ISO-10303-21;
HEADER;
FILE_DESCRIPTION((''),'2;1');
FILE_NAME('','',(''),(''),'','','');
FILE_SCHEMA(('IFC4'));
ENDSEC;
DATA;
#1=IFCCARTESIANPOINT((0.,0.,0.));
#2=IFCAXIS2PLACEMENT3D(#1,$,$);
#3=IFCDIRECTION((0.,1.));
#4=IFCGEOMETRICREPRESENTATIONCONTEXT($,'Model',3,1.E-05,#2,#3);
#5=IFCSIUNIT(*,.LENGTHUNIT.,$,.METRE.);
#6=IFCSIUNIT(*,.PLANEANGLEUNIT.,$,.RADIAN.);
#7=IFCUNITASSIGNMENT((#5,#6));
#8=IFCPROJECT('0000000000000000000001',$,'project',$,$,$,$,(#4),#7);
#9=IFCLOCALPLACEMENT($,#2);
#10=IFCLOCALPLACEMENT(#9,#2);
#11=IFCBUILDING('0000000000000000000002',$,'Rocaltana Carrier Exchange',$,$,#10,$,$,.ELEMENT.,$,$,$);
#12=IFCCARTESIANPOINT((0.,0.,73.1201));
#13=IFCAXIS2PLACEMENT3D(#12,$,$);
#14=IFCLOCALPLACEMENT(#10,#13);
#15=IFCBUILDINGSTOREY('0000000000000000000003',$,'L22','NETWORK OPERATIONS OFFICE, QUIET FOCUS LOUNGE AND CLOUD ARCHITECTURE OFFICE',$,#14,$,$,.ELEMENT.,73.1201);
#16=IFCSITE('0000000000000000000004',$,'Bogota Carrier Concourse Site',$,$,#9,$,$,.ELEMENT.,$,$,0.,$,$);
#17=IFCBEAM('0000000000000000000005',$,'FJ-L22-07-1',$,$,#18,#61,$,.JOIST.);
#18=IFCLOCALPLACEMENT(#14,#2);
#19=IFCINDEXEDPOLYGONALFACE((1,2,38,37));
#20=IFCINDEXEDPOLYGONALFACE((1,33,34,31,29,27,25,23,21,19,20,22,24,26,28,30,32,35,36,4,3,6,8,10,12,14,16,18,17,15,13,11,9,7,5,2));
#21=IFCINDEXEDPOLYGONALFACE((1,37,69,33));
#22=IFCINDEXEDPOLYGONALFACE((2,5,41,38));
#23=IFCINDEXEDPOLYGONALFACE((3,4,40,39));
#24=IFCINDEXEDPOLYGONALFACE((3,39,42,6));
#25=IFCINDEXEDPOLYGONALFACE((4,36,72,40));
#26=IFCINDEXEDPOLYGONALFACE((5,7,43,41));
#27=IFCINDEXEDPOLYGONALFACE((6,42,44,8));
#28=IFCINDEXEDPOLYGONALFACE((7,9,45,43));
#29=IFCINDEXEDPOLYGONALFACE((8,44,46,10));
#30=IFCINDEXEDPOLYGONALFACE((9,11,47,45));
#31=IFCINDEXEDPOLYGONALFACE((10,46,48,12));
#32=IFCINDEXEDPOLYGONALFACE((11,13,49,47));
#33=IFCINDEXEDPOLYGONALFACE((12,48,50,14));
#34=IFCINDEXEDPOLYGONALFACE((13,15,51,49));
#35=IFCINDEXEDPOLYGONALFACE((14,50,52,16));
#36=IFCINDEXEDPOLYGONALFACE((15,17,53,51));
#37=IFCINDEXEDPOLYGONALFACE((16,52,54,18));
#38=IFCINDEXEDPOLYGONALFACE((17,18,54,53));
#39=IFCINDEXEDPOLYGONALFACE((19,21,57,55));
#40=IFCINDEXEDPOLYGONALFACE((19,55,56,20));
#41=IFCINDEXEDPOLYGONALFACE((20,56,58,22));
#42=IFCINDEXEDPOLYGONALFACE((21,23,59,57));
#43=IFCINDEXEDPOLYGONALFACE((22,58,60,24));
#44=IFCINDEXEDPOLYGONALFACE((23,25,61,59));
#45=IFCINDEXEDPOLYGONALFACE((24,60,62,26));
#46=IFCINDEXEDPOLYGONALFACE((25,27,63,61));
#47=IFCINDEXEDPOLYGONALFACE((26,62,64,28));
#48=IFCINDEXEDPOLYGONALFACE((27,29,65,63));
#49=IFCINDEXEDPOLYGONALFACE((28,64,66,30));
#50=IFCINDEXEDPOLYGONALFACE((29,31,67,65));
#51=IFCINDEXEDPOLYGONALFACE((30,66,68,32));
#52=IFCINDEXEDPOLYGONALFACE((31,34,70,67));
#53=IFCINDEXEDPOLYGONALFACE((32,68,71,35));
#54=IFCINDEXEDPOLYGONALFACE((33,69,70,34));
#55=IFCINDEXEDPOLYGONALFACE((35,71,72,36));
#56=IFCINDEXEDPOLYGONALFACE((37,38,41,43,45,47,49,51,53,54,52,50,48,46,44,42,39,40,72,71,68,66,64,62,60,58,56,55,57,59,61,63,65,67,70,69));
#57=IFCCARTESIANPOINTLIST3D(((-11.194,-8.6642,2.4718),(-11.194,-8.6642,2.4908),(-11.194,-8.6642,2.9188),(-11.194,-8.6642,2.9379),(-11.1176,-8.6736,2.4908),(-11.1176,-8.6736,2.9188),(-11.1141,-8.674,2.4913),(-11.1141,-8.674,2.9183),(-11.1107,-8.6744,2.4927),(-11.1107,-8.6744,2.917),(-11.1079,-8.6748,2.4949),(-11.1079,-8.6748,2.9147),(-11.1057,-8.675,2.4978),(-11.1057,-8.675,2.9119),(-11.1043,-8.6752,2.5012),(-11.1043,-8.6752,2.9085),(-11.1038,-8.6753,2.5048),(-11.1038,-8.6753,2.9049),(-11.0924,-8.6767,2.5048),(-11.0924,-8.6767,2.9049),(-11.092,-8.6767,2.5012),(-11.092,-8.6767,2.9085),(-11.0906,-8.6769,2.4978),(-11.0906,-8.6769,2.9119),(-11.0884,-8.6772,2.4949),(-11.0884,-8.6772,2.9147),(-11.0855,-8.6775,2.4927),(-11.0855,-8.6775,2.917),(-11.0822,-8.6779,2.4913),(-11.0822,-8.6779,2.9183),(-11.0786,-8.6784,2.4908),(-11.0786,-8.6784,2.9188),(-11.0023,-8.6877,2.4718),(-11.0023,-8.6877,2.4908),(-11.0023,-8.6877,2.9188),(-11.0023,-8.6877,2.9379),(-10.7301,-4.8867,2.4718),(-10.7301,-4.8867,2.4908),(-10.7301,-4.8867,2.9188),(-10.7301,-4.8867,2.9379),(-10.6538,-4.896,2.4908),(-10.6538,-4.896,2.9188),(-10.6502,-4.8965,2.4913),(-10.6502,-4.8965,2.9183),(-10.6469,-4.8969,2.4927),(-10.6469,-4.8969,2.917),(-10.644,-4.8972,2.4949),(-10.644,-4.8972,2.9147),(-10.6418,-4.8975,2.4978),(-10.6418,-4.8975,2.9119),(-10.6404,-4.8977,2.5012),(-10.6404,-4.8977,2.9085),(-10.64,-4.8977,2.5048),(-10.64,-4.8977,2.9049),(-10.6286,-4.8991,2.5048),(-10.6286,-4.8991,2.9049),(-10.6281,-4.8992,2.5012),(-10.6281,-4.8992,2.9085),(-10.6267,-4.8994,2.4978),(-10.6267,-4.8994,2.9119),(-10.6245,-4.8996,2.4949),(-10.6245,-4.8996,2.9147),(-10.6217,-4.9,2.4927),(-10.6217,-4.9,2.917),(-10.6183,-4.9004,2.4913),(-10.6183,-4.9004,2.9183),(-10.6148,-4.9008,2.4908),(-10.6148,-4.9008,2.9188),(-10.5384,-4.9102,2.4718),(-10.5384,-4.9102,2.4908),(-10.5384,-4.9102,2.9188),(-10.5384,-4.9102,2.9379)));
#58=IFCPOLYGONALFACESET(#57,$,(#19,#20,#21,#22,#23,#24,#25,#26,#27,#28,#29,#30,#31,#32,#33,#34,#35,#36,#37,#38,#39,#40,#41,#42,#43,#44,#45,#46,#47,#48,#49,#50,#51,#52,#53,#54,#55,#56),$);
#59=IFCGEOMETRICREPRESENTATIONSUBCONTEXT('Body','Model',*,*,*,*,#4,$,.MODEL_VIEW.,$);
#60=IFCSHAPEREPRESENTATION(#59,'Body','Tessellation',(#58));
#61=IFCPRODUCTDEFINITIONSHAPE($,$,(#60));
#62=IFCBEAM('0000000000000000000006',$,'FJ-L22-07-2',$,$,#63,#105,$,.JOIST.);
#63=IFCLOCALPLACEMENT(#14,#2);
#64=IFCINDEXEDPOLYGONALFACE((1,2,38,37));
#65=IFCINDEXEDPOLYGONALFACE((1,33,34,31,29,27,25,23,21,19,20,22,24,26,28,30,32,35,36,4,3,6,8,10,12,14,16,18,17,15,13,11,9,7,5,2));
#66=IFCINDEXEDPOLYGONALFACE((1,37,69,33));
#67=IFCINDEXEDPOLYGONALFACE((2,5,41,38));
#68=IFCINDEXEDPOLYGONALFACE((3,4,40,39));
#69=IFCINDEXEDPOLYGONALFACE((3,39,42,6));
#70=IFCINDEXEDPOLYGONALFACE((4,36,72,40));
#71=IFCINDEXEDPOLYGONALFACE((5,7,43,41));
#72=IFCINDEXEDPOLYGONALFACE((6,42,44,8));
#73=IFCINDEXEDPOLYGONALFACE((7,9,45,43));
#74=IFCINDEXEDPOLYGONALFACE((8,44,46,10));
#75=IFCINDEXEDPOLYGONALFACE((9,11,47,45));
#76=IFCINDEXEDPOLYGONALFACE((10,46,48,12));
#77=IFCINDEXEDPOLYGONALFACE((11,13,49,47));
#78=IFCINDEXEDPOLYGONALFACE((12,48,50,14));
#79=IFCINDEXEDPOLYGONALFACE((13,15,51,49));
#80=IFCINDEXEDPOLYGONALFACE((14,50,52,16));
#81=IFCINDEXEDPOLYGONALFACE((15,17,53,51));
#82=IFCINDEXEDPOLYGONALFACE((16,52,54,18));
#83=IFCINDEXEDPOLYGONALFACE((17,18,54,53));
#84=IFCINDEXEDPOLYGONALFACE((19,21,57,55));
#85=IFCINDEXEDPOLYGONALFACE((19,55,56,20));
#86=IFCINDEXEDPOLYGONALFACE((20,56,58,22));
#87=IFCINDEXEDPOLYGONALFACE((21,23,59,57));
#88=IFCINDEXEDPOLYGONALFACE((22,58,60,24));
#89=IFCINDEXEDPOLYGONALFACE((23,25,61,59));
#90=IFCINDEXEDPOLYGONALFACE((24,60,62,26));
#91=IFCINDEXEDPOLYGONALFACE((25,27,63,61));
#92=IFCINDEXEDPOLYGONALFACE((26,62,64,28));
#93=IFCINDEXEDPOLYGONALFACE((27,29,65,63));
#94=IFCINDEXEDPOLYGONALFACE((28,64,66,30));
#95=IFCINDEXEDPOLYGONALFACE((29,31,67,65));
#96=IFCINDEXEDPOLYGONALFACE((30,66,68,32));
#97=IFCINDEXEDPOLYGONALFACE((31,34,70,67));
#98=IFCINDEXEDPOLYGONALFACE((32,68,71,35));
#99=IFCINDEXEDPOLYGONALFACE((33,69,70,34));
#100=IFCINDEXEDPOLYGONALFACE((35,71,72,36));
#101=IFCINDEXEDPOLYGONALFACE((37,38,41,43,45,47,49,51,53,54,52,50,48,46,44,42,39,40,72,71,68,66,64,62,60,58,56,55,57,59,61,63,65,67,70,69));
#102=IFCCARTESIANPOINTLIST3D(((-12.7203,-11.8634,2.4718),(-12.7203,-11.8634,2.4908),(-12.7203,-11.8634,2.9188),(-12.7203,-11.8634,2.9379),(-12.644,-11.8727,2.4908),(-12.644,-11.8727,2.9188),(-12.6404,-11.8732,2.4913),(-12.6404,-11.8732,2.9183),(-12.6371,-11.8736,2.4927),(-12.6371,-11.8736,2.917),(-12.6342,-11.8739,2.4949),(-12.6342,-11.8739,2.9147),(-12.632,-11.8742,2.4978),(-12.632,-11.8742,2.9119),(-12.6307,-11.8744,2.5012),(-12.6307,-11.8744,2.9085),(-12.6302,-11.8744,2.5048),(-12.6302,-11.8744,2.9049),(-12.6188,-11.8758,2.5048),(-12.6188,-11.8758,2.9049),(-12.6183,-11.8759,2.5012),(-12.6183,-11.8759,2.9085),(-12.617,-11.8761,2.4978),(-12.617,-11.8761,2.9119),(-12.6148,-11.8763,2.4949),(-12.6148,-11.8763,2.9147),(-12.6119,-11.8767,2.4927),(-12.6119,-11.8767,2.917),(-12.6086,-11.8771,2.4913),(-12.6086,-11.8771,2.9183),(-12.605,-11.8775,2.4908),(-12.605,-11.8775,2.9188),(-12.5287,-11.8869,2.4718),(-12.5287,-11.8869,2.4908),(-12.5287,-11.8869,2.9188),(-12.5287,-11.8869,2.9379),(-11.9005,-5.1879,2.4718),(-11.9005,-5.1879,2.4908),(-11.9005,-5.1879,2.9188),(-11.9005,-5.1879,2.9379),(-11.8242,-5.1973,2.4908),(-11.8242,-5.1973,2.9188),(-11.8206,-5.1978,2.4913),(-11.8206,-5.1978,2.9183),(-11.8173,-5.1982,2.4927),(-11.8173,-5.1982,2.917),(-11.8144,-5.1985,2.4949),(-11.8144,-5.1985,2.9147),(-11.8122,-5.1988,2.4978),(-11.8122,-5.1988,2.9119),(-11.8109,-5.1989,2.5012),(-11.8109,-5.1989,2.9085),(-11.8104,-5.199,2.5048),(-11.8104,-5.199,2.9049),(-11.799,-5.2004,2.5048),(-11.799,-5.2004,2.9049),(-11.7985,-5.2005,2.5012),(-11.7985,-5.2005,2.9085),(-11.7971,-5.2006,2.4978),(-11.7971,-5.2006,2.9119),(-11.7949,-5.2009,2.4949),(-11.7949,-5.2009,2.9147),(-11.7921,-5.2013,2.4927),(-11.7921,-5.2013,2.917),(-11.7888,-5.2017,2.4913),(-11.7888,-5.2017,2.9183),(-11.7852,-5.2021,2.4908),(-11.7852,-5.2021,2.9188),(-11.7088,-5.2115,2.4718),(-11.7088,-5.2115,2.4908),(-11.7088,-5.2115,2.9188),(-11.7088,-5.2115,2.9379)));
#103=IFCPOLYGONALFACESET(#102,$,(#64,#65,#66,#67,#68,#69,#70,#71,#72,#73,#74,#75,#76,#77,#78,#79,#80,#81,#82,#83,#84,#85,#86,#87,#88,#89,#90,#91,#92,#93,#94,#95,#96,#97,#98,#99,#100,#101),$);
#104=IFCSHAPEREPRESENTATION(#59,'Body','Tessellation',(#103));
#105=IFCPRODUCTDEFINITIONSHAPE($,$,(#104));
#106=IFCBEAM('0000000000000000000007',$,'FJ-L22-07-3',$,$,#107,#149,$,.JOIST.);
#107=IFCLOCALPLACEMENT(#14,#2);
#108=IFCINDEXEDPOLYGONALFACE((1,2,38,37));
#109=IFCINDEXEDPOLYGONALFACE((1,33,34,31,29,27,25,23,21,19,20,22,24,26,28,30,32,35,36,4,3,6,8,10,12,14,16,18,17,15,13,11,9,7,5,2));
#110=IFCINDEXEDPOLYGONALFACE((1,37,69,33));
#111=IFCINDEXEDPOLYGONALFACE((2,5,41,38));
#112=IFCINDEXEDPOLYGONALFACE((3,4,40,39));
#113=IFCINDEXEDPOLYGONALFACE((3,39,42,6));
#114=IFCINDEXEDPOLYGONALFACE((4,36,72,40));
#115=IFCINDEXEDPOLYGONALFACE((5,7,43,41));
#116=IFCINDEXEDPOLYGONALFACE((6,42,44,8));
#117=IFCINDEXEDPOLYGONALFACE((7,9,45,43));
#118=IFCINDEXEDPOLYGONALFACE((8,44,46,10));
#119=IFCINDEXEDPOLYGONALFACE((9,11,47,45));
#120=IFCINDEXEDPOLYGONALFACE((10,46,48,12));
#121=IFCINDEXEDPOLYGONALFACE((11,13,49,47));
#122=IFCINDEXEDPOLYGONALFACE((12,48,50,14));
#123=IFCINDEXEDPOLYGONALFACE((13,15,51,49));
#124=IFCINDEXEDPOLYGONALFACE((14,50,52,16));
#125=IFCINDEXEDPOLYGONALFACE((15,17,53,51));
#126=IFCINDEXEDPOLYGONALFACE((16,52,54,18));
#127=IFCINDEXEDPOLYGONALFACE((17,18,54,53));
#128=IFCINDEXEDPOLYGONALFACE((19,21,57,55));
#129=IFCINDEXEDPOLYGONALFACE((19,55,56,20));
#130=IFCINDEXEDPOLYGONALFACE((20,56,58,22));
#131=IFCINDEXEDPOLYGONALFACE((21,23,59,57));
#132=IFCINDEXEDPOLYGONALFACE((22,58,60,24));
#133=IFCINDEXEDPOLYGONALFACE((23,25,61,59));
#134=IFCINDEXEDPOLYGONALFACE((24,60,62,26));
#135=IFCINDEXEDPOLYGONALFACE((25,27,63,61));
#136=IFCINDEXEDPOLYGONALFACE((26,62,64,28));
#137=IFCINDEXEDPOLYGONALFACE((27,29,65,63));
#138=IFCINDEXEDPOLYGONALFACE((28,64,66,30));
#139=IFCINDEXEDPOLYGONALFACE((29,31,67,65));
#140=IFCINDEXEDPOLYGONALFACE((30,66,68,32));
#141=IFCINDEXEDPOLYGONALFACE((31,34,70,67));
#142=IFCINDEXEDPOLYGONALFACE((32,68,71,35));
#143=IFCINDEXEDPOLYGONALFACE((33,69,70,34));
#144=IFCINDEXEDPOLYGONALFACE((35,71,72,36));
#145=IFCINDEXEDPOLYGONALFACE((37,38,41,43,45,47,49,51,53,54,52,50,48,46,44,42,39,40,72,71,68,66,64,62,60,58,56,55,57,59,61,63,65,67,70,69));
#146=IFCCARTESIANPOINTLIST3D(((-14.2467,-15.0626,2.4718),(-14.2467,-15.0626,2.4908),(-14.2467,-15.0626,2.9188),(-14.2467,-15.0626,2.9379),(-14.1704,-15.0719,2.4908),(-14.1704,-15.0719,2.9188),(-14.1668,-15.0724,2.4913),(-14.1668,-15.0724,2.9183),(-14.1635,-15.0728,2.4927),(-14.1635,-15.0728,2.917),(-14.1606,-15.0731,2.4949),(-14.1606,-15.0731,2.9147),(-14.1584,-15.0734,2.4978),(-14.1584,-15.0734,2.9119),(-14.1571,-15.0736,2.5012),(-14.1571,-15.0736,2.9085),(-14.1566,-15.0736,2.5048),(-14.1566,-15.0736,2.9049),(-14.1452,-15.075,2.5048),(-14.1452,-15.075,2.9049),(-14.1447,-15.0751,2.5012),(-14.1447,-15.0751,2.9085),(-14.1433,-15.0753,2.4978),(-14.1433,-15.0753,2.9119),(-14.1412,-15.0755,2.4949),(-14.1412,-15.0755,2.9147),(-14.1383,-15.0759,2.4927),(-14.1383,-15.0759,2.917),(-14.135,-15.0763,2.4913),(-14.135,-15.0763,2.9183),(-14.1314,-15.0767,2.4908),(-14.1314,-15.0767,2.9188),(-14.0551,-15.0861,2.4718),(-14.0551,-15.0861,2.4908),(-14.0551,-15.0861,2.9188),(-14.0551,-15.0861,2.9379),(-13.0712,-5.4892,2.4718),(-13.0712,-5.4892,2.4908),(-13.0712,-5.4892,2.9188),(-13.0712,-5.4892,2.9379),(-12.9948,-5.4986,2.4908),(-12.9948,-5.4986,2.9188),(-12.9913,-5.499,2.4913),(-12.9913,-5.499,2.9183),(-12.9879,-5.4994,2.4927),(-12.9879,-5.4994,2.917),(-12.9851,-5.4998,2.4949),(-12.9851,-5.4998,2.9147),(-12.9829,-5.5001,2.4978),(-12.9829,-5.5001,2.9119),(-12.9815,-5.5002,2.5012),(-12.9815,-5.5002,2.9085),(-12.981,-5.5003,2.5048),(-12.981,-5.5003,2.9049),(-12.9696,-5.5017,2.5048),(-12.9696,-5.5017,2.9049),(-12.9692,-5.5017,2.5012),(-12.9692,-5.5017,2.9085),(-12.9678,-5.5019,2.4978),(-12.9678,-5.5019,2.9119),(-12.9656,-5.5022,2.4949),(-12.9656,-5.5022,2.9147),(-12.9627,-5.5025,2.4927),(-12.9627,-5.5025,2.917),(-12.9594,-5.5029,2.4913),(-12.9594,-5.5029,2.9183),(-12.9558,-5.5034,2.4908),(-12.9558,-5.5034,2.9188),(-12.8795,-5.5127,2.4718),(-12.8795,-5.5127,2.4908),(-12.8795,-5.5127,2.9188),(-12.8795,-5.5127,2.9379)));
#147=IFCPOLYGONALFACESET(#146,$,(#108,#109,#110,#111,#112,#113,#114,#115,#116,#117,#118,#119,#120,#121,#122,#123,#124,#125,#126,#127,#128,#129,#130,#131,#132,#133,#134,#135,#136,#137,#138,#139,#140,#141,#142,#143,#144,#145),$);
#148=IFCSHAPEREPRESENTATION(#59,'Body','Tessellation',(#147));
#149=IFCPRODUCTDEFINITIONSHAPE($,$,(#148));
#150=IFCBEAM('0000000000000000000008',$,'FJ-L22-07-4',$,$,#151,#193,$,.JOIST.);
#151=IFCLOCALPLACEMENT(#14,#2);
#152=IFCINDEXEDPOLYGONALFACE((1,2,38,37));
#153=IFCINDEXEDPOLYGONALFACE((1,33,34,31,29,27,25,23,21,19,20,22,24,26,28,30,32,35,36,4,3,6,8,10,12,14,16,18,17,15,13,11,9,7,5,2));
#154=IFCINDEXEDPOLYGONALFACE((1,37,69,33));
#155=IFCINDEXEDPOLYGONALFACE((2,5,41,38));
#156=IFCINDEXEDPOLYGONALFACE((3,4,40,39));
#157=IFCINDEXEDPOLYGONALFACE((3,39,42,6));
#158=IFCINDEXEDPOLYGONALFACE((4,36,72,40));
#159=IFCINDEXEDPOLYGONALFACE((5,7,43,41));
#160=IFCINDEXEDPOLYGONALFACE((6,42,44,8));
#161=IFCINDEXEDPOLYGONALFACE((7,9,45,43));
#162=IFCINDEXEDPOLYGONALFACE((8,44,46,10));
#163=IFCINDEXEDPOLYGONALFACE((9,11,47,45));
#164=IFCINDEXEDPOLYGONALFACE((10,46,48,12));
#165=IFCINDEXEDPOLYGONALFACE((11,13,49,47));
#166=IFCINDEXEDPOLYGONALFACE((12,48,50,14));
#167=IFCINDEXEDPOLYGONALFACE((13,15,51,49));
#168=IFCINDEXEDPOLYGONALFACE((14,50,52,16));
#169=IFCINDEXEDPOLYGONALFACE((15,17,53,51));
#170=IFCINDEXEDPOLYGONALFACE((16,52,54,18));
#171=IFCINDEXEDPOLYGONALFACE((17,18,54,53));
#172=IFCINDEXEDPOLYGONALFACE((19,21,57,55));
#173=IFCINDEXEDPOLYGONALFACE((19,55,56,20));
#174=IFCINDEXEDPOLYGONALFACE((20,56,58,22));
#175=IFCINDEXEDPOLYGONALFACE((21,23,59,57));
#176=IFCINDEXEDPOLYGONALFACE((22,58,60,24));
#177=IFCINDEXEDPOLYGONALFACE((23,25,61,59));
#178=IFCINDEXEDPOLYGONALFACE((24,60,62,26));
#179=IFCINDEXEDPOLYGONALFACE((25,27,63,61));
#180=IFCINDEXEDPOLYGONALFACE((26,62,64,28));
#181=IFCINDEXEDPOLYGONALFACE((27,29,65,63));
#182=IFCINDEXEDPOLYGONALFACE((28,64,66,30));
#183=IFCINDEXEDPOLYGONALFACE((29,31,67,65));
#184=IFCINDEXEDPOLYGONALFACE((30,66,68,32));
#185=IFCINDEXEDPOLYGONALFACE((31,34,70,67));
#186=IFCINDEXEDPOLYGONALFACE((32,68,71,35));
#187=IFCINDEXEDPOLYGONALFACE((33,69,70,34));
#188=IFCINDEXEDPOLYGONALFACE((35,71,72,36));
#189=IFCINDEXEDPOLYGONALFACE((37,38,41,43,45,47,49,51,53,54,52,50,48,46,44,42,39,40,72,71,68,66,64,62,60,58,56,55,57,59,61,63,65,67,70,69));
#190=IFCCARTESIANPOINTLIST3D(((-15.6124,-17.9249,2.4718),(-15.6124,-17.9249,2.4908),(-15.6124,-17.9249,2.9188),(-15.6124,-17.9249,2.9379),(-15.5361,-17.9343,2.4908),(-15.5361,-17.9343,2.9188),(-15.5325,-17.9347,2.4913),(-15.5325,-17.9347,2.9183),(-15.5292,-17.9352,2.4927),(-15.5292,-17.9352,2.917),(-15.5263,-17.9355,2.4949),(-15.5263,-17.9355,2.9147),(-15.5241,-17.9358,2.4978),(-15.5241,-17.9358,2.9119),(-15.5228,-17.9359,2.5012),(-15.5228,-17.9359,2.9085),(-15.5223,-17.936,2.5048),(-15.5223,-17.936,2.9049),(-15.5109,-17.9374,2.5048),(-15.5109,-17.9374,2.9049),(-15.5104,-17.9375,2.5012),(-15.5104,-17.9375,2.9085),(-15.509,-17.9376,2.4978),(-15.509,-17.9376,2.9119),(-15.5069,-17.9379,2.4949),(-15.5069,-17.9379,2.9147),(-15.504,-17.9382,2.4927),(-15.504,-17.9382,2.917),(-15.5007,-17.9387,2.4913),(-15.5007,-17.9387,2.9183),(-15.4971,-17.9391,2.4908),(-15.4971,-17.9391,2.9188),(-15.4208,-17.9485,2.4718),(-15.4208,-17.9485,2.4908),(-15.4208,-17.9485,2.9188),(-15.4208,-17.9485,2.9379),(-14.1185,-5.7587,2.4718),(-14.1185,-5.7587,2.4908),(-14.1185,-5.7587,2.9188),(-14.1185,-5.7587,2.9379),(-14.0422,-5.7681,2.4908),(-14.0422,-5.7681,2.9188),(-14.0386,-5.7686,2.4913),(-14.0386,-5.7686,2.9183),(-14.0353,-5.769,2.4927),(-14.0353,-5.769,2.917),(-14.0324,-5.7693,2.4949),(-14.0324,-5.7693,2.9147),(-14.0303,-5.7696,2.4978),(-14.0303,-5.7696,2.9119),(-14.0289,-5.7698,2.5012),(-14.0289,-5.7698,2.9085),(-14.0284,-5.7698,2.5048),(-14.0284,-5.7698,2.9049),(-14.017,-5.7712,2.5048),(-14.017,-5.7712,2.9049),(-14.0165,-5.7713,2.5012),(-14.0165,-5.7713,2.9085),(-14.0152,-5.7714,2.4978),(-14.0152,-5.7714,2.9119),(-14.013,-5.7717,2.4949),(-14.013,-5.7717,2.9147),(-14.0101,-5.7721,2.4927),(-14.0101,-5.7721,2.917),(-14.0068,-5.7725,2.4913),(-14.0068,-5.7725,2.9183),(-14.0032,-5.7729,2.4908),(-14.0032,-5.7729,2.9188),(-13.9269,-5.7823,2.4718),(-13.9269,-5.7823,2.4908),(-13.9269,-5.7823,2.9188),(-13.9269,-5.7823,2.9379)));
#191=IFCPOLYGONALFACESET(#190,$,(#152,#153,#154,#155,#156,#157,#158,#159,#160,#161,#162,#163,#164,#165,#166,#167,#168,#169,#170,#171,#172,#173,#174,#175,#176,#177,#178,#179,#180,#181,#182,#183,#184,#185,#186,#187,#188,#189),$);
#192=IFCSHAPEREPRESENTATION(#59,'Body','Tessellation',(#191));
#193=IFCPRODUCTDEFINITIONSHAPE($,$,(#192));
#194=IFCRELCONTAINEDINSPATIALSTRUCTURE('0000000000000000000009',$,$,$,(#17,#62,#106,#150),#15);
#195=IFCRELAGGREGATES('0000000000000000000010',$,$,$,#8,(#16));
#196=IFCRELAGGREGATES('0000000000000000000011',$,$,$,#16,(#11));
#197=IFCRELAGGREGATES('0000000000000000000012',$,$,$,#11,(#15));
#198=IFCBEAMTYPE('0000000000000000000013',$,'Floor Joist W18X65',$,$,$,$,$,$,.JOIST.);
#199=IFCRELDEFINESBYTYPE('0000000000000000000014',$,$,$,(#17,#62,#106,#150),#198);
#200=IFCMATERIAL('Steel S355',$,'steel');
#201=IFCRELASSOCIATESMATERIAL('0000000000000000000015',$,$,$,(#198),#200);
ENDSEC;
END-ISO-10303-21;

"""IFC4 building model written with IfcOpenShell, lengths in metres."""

from ifc_helpers import new_model, si_unit, direction, frame, origin, origin_2d, place, context, subcontext, project, spatial, i_section, extrude, material, material_profile, profile_set, type_object, element, save


model = new_model("IFC4")

# Units and contexts
model_context = context("Model", 3, precision=1e-05, world=origin(), true_north=direction((0.0, 1.0)))
body_context = subcontext(model_context, "Body", "Model", "MODEL_VIEW")
ifc_project = project(units=[si_unit("LENGTHUNIT", "METRE"), si_unit("PLANEANGLEUNIT", "RADIAN")], contexts=[model_context])

# Site, building, storey
site_placement = place(None, origin())
site = spatial("IfcSite", under=ifc_project, at=site_placement, Name="Bogota Carrier Concourse Site", CompositionType="ELEMENT", RefElevation=0.0)
building_placement = place(site_placement, origin())
building = spatial("IfcBuilding", under=site, at=building_placement, Name="Rocaltana Carrier Exchange", CompositionType="ELEMENT")
storey_placement = place(building_placement, frame((0.0, 0.0, 73.1201)))
storey = spatial("IfcBuildingStorey", under=building, at=storey_placement, Name="L22", Description="NETWORK OPERATIONS OFFICE, QUIET FOCUS LOUNGE AND CLOUD ARCHITECTURE OFFICE", CompositionType="ELEMENT", Elevation=73.1201)

# Beams
ifc_material_1 = material(Name="Steel S355", Category="steel")
ifc_material_profile_1 = material_profile(ifc_material_1, i_section(OverallWidth=0.1931, OverallDepth=0.4661, WebThickness=0.0115, FlangeThickness=0.019, FilletRadius=0.0139, at=origin_2d()), Name="W18X65")
ifc_profile_set_1 = profile_set([ifc_material_profile_1], Name="Steel S355")
beam_type_1 = type_object("IfcBeamType", Name="Floor Joist W18X65", PredefinedType="JOIST", material=ifc_profile_set_1)
beam_1_placement = place(storey_placement, frame((-10.6343, -4.8984, 2.7048), z_axis=(-0.121879, -0.992545, 0.0), x_axis=(0.992545, -0.121879, 0.0)))
element("IfcBeam", 1, at=beam_1_placement, inside=storey, type_object=beam_type_1, Name="FJ-L22-07-1", PredefinedType="JOIST", context=body_context, shape_type="SweptSolid", body=[
    extrude(i_section(OverallWidth=0.1931, OverallDepth=0.4661, WebThickness=0.0115, FlangeThickness=0.019, FilletRadius=0.0139, at=origin_2d()), origin(), (0.0, 0.0, 1.0), 3.8059),
])
beam_2_placement = place(storey_placement, frame((-11.8047, -5.1997, 2.7048), z_axis=(-0.121894, -0.992543, 0.0), x_axis=(0.992543, -0.121894, 0.0)))
element("IfcBeam", 2, at=beam_2_placement, inside=storey, type_object=beam_type_1, Name="FJ-L22-07-2", PredefinedType="JOIST", context=body_context, shape_type="SweptSolid", body=[
    extrude(i_section(OverallWidth=0.1931, OverallDepth=0.4661, WebThickness=0.0115, FlangeThickness=0.019, FilletRadius=0.0139, at=origin_2d()), origin(), (0.0, 0.0, 1.0), 6.7256),
])
beam_3_placement = place(storey_placement, frame((-12.9753, -5.501, 2.7048), z_axis=(-0.121879, -0.992545, 0.0), x_axis=(0.992545, -0.121879, 0.0)))
element("IfcBeam", 3, at=beam_3_placement, inside=storey, type_object=beam_type_1, Name="FJ-L22-07-3", PredefinedType="JOIST", context=body_context, shape_type="SweptSolid", body=[
    extrude(i_section(OverallWidth=0.1931, OverallDepth=0.4661, WebThickness=0.0115, FlangeThickness=0.019, FilletRadius=0.0139, at=origin_2d()), origin(), (0.0, 0.0, 1.0), 9.6453),
])
beam_4_placement = place(storey_placement, frame((-14.0227, -5.7705, 2.7048), z_axis=(-0.121875, -0.992545, 0.0), x_axis=(0.992545, -0.121875, 0.0)))
element("IfcBeam", 4, at=beam_4_placement, inside=storey, type_object=beam_type_1, Name="FJ-L22-07-4", PredefinedType="JOIST", context=body_context, shape_type="SweptSolid", body=[
    extrude(i_section(OverallWidth=0.1931, OverallDepth=0.4661, WebThickness=0.0115, FlangeThickness=0.019, FilletRadius=0.0139, at=origin_2d()), origin(), (0.0, 0.0, 1.0), 12.2576),
])

save(model, "model.ifc")
